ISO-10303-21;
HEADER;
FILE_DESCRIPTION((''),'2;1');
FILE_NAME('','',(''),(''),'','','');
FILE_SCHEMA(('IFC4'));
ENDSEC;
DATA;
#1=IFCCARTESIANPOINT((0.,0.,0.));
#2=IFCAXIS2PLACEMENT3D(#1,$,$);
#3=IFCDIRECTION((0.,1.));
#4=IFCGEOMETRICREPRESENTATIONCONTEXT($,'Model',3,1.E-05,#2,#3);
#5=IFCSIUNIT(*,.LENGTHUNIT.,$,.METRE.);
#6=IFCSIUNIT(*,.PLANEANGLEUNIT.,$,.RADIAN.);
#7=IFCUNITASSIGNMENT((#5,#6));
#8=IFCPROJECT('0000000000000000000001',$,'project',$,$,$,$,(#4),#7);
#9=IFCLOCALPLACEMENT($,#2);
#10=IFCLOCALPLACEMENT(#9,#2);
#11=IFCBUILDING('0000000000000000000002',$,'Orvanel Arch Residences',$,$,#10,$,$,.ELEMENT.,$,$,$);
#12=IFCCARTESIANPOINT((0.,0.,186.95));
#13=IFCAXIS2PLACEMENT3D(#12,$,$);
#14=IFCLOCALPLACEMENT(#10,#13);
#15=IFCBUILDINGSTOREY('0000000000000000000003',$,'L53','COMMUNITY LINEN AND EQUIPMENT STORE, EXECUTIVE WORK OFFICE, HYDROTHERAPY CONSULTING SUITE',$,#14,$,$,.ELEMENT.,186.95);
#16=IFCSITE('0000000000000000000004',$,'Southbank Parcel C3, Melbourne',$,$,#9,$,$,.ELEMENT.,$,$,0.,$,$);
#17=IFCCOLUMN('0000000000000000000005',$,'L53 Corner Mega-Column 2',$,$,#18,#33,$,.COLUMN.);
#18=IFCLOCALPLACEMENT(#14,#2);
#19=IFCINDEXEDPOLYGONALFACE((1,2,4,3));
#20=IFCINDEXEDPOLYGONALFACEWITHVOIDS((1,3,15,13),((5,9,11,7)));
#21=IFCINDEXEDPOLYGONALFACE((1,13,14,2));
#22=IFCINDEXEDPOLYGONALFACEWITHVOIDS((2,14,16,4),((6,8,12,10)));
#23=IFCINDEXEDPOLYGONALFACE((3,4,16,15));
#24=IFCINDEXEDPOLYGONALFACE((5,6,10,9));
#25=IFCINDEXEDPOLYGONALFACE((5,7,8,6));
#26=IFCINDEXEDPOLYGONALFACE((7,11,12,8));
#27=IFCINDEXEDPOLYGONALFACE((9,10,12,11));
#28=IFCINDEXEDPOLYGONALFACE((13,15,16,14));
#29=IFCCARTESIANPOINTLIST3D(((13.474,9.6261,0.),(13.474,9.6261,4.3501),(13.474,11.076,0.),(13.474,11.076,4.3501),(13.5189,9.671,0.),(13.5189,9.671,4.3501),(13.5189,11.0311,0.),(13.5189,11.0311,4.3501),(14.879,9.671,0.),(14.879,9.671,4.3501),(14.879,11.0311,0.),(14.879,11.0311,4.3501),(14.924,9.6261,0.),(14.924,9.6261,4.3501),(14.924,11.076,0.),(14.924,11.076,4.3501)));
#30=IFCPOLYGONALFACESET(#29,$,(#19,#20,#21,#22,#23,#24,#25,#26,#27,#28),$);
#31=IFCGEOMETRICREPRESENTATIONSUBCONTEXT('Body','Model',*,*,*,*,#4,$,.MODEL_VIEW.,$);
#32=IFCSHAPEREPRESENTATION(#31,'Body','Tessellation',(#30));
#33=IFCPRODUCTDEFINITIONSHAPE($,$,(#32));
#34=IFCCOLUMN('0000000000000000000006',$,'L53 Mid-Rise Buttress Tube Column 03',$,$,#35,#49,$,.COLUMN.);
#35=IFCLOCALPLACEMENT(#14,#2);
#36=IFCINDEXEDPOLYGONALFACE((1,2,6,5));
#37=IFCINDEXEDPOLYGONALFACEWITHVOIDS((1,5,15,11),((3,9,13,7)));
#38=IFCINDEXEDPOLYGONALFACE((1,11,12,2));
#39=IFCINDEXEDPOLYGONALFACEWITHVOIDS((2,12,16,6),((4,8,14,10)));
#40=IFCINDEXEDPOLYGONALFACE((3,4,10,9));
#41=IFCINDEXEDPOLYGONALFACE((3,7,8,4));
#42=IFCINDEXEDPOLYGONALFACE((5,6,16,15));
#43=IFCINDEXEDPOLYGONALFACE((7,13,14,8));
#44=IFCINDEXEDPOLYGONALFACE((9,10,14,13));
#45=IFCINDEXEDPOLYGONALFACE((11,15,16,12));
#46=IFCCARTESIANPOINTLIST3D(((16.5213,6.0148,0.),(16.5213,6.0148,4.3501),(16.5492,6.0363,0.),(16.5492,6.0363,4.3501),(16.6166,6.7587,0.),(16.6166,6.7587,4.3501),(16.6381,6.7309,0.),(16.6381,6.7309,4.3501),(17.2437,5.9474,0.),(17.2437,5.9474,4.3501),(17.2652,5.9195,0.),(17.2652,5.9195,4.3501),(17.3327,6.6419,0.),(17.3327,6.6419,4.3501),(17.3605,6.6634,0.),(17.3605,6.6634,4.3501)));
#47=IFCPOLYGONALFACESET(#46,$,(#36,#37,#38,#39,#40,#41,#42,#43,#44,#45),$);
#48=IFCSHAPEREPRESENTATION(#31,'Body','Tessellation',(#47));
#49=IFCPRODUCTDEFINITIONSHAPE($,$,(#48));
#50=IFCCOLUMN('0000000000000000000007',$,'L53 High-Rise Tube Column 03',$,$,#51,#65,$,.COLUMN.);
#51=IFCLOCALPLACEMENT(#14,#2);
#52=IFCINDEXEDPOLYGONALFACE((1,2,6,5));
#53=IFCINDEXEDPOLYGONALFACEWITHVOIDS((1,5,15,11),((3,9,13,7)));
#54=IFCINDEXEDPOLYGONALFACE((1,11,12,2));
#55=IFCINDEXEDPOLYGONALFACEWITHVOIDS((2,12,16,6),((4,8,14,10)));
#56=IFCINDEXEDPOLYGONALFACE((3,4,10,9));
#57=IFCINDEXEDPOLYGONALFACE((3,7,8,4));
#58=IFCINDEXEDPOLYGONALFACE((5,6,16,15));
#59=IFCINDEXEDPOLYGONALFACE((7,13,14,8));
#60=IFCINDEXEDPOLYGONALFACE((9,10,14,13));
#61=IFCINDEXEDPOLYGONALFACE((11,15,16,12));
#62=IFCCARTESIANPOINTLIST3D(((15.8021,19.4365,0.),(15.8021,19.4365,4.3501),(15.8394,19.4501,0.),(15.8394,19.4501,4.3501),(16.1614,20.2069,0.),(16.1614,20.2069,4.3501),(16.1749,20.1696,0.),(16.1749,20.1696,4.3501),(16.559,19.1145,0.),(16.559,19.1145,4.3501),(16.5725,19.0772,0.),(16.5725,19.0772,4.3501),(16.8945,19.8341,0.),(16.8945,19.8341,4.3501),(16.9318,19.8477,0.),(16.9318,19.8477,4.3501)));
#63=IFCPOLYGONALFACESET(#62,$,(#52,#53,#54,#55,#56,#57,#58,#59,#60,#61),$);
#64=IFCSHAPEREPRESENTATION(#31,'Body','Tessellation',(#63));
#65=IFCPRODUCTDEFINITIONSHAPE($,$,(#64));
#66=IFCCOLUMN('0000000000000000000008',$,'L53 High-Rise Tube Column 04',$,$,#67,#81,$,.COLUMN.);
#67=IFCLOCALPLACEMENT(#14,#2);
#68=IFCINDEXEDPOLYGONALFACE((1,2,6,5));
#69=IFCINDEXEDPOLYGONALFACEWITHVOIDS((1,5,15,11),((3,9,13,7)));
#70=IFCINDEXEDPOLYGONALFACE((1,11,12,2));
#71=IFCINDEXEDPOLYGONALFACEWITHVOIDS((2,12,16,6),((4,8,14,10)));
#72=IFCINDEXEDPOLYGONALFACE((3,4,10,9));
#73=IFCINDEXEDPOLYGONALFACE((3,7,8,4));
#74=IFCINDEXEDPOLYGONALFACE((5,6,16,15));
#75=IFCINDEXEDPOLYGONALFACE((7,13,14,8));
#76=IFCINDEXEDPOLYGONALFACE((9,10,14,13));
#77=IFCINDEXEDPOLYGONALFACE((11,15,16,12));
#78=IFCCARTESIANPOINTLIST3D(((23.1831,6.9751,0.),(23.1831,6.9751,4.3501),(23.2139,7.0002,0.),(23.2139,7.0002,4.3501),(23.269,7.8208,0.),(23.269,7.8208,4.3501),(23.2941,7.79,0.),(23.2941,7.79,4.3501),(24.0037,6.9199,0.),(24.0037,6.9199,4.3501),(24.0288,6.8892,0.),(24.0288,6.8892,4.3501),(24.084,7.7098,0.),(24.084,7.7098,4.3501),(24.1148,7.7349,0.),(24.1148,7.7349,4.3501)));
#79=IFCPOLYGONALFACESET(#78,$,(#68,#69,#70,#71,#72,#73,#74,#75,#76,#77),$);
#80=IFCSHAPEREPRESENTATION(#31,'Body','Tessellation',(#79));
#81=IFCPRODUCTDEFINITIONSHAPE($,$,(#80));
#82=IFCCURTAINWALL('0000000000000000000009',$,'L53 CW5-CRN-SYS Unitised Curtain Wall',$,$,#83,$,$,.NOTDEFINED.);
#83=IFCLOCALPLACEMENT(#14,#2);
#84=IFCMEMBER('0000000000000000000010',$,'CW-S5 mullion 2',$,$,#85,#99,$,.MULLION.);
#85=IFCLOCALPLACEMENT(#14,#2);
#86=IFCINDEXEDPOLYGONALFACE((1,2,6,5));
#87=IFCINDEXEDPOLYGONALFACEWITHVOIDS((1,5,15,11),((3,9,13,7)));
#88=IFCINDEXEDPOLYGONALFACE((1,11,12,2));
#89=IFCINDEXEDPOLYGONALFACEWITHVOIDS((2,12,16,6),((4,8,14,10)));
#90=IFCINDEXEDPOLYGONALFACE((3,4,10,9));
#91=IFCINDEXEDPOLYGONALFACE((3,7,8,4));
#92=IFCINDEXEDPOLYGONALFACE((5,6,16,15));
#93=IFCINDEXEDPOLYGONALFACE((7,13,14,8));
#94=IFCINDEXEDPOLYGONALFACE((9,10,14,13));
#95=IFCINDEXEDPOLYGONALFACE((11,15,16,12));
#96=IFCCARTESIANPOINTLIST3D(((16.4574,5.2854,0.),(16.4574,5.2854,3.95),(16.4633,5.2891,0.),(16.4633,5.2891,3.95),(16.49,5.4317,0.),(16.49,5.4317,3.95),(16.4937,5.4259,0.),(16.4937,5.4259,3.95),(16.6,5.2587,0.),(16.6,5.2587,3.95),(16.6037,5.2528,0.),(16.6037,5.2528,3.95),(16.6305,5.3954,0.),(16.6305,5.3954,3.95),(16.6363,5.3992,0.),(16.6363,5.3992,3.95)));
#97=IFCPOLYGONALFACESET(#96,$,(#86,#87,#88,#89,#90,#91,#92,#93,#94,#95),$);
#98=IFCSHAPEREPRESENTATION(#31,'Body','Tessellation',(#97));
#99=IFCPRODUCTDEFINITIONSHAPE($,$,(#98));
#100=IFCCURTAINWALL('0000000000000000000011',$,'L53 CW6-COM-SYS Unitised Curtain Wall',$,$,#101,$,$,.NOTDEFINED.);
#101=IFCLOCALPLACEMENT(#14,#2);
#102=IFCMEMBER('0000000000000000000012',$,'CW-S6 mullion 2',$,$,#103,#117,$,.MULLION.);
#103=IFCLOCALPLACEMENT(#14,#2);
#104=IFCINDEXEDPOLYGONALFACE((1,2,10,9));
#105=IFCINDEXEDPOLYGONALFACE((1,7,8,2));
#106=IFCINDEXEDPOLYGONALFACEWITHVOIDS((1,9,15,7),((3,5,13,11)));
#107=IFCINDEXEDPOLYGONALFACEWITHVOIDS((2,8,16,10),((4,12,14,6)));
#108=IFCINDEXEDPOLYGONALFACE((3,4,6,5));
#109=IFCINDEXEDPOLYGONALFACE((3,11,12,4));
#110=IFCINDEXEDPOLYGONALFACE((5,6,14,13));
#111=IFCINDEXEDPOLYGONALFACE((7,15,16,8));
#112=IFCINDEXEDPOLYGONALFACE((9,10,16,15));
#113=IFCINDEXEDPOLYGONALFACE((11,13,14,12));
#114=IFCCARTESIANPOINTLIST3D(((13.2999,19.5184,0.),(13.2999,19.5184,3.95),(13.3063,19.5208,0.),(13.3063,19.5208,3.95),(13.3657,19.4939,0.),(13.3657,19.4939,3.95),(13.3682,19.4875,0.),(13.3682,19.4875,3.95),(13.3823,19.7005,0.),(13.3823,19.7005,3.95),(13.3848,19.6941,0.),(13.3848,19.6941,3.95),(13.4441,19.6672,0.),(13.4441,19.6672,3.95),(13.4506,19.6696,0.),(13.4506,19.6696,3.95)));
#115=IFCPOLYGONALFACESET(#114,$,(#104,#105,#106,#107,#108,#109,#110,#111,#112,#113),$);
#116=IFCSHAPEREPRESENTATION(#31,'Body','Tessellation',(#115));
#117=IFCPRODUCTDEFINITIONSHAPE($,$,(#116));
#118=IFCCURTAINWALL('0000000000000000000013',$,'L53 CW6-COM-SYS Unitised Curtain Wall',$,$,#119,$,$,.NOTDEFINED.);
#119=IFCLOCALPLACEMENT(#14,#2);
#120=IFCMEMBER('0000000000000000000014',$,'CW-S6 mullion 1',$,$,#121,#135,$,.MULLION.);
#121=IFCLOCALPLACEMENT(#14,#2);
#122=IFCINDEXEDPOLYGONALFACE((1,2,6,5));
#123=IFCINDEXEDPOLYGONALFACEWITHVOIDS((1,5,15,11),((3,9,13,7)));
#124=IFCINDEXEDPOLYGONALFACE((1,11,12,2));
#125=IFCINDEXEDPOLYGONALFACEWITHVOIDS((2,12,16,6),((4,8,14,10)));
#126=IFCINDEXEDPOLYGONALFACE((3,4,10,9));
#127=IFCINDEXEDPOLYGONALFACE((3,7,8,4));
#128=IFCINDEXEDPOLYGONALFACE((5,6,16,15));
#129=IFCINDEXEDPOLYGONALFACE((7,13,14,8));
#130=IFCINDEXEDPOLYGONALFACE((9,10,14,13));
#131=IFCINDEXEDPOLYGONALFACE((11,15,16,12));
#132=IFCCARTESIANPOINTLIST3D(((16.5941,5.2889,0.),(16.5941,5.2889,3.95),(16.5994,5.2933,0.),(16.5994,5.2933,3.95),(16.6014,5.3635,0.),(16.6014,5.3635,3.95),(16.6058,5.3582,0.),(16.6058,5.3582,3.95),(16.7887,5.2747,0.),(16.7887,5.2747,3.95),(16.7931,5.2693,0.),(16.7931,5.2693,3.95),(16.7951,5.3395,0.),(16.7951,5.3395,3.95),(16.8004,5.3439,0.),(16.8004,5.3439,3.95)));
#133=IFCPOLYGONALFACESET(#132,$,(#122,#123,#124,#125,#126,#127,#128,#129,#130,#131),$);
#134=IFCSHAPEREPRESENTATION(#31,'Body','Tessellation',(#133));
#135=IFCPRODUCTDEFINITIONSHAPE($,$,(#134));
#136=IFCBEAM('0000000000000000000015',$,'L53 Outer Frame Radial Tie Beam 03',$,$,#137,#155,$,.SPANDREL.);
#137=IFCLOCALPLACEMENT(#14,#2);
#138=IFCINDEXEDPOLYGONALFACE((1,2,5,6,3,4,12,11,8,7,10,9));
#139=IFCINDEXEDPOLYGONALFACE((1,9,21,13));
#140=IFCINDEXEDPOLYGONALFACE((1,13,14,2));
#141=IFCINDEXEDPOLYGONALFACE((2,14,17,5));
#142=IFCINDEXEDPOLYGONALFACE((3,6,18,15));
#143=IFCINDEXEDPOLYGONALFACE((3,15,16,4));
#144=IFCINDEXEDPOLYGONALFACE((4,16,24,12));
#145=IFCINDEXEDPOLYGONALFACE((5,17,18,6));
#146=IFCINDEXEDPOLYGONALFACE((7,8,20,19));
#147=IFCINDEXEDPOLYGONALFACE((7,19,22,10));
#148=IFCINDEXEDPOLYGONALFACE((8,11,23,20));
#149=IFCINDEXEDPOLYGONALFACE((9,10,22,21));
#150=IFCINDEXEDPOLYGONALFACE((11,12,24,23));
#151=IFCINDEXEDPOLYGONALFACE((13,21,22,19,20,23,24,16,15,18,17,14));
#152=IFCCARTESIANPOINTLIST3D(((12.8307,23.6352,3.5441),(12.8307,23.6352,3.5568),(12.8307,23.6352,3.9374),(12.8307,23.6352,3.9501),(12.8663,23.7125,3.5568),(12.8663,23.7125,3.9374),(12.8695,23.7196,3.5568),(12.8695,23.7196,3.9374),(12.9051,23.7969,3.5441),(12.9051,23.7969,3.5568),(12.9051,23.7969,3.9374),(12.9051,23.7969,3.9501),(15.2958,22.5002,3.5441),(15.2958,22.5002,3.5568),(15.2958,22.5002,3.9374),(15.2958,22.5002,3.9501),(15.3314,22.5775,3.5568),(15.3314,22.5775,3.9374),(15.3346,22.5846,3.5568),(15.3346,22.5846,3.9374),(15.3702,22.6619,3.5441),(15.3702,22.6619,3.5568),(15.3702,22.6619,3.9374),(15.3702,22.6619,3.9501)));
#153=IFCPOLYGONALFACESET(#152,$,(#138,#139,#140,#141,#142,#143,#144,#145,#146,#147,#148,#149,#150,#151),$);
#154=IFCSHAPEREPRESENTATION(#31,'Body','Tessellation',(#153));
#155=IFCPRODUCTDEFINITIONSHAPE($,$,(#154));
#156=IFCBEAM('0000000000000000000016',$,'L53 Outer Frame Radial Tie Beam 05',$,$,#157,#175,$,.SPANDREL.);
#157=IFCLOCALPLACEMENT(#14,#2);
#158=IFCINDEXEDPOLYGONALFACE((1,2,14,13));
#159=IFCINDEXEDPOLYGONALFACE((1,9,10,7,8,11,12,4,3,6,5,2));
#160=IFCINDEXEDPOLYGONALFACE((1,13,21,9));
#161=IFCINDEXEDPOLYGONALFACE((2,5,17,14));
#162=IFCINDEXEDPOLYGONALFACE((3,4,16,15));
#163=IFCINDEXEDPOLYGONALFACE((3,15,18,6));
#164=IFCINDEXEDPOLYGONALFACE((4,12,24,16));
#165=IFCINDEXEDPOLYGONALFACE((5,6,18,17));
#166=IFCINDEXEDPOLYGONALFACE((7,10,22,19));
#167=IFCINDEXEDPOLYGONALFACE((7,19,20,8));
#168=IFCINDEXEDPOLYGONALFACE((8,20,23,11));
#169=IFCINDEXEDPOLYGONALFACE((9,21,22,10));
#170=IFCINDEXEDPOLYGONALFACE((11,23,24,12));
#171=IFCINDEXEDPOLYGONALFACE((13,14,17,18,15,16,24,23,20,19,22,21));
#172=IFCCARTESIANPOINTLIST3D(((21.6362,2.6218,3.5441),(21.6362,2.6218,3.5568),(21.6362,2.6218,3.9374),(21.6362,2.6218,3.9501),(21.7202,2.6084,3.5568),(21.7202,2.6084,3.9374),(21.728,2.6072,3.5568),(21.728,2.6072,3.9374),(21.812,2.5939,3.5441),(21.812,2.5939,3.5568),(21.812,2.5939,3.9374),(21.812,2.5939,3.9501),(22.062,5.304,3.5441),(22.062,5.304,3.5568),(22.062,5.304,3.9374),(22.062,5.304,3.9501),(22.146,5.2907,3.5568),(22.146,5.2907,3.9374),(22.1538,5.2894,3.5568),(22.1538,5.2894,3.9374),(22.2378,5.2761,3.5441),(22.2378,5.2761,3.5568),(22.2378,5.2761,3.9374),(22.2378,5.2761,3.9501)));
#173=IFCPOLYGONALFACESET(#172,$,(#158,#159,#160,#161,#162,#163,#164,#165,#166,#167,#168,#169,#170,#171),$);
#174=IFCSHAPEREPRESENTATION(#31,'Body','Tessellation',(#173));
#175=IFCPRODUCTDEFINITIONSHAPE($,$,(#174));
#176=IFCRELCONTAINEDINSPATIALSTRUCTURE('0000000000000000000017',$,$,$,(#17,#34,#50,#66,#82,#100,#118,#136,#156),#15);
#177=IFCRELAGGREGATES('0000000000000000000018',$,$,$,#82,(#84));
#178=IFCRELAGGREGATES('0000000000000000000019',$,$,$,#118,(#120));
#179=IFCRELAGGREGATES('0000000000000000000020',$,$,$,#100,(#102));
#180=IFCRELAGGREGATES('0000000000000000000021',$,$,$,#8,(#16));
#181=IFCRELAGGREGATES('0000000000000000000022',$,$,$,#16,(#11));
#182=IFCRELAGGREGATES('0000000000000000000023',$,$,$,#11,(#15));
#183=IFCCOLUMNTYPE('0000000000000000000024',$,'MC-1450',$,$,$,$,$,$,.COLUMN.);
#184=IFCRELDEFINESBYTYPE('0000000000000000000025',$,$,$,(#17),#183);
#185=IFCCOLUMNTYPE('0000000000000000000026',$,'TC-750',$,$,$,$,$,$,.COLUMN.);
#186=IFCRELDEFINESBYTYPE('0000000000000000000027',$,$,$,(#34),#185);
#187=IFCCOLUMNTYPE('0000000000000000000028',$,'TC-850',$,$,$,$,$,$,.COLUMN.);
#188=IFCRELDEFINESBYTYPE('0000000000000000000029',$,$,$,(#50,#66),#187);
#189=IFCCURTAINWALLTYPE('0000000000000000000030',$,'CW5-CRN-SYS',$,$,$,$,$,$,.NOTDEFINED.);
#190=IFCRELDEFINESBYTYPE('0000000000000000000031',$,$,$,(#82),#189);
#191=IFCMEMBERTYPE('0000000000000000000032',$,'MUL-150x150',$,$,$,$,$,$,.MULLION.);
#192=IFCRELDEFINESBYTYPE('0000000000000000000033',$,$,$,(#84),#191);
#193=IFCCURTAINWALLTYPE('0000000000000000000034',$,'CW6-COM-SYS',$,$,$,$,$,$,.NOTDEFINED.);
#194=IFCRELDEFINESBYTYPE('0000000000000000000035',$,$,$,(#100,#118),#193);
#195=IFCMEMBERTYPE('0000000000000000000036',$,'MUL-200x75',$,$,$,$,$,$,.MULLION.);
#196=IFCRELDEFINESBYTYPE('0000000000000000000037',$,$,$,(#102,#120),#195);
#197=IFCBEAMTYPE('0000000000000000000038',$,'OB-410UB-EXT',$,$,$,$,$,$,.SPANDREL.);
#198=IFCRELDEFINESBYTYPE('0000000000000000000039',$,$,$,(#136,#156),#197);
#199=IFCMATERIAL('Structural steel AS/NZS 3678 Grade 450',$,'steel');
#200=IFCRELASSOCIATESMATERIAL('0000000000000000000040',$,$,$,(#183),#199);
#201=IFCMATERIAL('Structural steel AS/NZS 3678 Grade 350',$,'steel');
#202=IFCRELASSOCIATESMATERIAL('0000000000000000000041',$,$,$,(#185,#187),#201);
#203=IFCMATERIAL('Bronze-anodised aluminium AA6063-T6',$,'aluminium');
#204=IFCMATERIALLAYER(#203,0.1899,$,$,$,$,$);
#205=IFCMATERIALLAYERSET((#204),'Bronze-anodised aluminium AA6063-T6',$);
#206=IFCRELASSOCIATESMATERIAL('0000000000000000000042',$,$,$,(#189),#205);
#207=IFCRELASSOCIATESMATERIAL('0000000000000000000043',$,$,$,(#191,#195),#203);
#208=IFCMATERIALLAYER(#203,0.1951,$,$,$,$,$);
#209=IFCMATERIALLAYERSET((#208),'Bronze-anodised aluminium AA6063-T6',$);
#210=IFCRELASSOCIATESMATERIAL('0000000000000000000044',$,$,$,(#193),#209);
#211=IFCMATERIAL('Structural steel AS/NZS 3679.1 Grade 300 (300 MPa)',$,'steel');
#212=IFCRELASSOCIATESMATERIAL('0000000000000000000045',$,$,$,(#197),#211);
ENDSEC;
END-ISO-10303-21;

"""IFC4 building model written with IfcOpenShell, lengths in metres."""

from ifc_helpers import new_model, si_unit, direction, frame, origin, origin_2d, place, context, subcontext, project, spatial, hollow_rectangle, i_section, extrude, material, layer, layer_set, material_profile, profile_set, type_object, element, aggregate, save


model = new_model("IFC4")

# Units and contexts
model_context = context("Model", 3, precision=1e-05, world=origin(), true_north=direction((0.0, 1.0)))
body_context = subcontext(model_context, "Body", "Model", "MODEL_VIEW")
ifc_project = project(units=[si_unit("LENGTHUNIT", "METRE"), si_unit("PLANEANGLEUNIT", "RADIAN")], contexts=[model_context])

# Site, building, storey
site_placement = place(None, origin())
site = spatial("IfcSite", under=ifc_project, at=site_placement, Name="Southbank Parcel C3, Melbourne", CompositionType="ELEMENT", RefElevation=0.0)
building_placement = place(site_placement, origin())
building = spatial("IfcBuilding", under=site, at=building_placement, Name="Orvanel Arch Residences", CompositionType="ELEMENT")
storey_placement = place(building_placement, frame((0.0, 0.0, 186.95)))
storey = spatial("IfcBuildingStorey", under=building, at=storey_placement, Name="L53", Description="COMMUNITY LINEN AND EQUIPMENT STORE, EXECUTIVE WORK OFFICE, HYDROTHERAPY CONSULTING SUITE", CompositionType="ELEMENT", Elevation=186.95)

# Columns
ifc_material_1 = material(Name="Structural steel AS/NZS 3678 Grade 450", Category="steel")
ifc_material_profile_1 = material_profile(ifc_material_1, hollow_rectangle(XDim=1.45, YDim=1.45, WallThickness=0.0449, at=origin_2d()), Name="BOX1450x1450x45")
ifc_profile_set_1 = profile_set([ifc_material_profile_1], Name="Structural steel AS/NZS 3678 Grade 450")
column_type_1 = type_object("IfcColumnType", Name="MC-1450", PredefinedType="COLUMN", material=ifc_profile_set_1)
column_1_placement = place(storey_placement, frame((14.199, 10.3511, 0.0), z_axis=(0.0, 0.0, 1.0), x_axis=(1.0, 0.0, 0.0)))
element("IfcColumn", 1, at=column_1_placement, inside=storey, type_object=column_type_1, Name="L53 Corner Mega-Column 2", PredefinedType="COLUMN", context=body_context, shape_type="SweptSolid", body=[
    extrude(hollow_rectangle(XDim=1.45, YDim=1.45, WallThickness=0.0449, at=origin_2d()), origin(), (0.0, 0.0, 1.0), 4.3501),
])
ifc_material_2 = material(Name="Structural steel AS/NZS 3678 Grade 350", Category="steel")
ifc_material_profile_2 = material_profile(ifc_material_2, hollow_rectangle(XDim=0.75, YDim=0.75, WallThickness=0.0249, at=origin_2d()), Name="BOX750x750x25")
ifc_profile_set_2 = profile_set([ifc_material_profile_2], Name="Structural steel AS/NZS 3678 Grade 350")
column_type_2 = type_object("IfcColumnType", Name="TC-750", PredefinedType="COLUMN", material=ifc_profile_set_2)
column_2_placement = place(storey_placement, frame((16.9409, 6.3391, 0.0), z_axis=(0.0, 0.0, 1.0), x_axis=(-0.991894, 0.127065, 0.0)))
element("IfcColumn", 2, at=column_2_placement, inside=storey, type_object=column_type_2, Name="L53 Mid-Rise Buttress Tube Column 03", PredefinedType="COLUMN", context=body_context, shape_type="SweptSolid", body=[
    extrude(hollow_rectangle(XDim=0.75, YDim=0.75, WallThickness=0.0249, at=origin_2d()), origin(), (0.0, 0.0, 1.0), 4.3501),
])
ifc_material_profile_3 = material_profile(ifc_material_2, hollow_rectangle(XDim=0.8501, YDim=0.8501, WallThickness=0.0281, at=origin_2d()), Name="BOX850x850x28")
ifc_profile_set_3 = profile_set([ifc_material_profile_3], Name="Structural steel AS/NZS 3678 Grade 350")
column_type_3 = type_object("IfcColumnType", Name="TC-850", PredefinedType="COLUMN", material=ifc_profile_set_3)
for number, where, z_axis, x_axis, name in (
    (3, (16.3669, 19.6421, 0.0), (0.0, 0.0, 1.0), (0.422618, 0.906308, 0.0), "L53 High-Rise Tube Column 03"),
    (4, (23.6489, 7.355, 0.0), (0.0, 0.0, 1.0), (-0.994881, 0.101056, 0.0), "L53 High-Rise Tube Column 04"),
):
    element("IfcColumn", number, at=place(storey_placement, frame(where, z_axis=z_axis, x_axis=x_axis)), inside=storey, type_object=column_type_3, Name=name, PredefinedType="COLUMN", context=body_context, shape_type="SweptSolid", body=[
        extrude(hollow_rectangle(XDim=0.8501, YDim=0.8501, WallThickness=0.0281, at=origin_2d()), origin(), (0.0, 0.0, 1.0), 4.3501),
    ])

# Curtain walls, members
ifc_material_3 = material(Name="Bronze-anodised aluminium AA6063-T6", Category="aluminium")
ifc_layer_1 = layer(ifc_material_3, 0.1899)
ifc_layer_set_1 = layer_set([ifc_layer_1], Name="Bronze-anodised aluminium AA6063-T6")
curtain_wall_type_1 = type_object("IfcCurtainWallType", Name="CW5-CRN-SYS", PredefinedType="NOTDEFINED", material=ifc_layer_set_1)
curtain_wall_1_placement = place(storey_placement, origin())
curtain_wall_1 = element("IfcCurtainWall", 5, at=curtain_wall_1_placement, inside=storey, type_object=curtain_wall_type_1, Name="L53 CW5-CRN-SYS Unitised Curtain Wall", PredefinedType="NOTDEFINED")
ifc_material_profile_4 = material_profile(ifc_material_3, hollow_rectangle(XDim=0.1499, YDim=0.1499, WallThickness=0.0049, at=origin_2d()), Name="ALU150x150x5")
ifc_profile_set_4 = profile_set([ifc_material_profile_4], Name="Bronze-anodised aluminium AA6063-T6")
member_type_1 = type_object("IfcMemberType", Name="MUL-150x150", PredefinedType="MULLION", material=ifc_profile_set_4)
member_1_placement = place(storey_placement, frame((16.5469, 5.3423, 0.0), z_axis=(0.0, 0.0, 1.0), x_axis=(0.217345, 0.976095, 0.0)))
member_1 = element("IfcMember", 6, at=member_1_placement, type_object=member_type_1, Name="CW-S5 mullion 2", PredefinedType="MULLION", context=body_context, shape_type="SweptSolid", body=[
    extrude(hollow_rectangle(XDim=0.1499, YDim=0.1499, WallThickness=0.0049, at=origin_2d()), origin(), (0.0, 0.0, 1.0), 3.95),
])
aggregate(curtain_wall_1, [member_1])
ifc_layer_2 = layer(ifc_material_3, 0.1951)
ifc_layer_set_2 = layer_set([ifc_layer_2], Name="Bronze-anodised aluminium AA6063-T6")
curtain_wall_type_2 = type_object("IfcCurtainWallType", Name="CW6-COM-SYS", PredefinedType="NOTDEFINED", material=ifc_layer_set_2)
curtain_wall_2_placement = place(storey_placement, origin())
curtain_wall_2 = element("IfcCurtainWall", 7, at=curtain_wall_2_placement, inside=storey, type_object=curtain_wall_type_2, Name="L53 CW6-COM-SYS Unitised Curtain Wall", PredefinedType="NOTDEFINED")
ifc_material_profile_5 = material_profile(ifc_material_3, hollow_rectangle(XDim=0.075, YDim=0.2, WallThickness=0.0049, at=origin_2d()), Name="ALU200x75x5")
ifc_profile_set_5 = profile_set([ifc_material_profile_5], Name="Bronze-anodised aluminium AA6063-T6")
member_type_2 = type_object("IfcMemberType", Name="MUL-200x75", PredefinedType="MULLION", material=ifc_profile_set_5)
member_2_placement = place(storey_placement, frame((13.3752, 19.594, 0.0), z_axis=(0.0, 0.0, 1.0), x_axis=(0.911056, -0.412284, 0.0)))
member_2 = element("IfcMember", 8, at=member_2_placement, type_object=member_type_2, Name="CW-S6 mullion 2", PredefinedType="MULLION", context=body_context, shape_type="SweptSolid", body=[
    extrude(hollow_rectangle(XDim=0.075, YDim=0.2, WallThickness=0.0049, at=origin_2d()), origin(), (0.0, 0.0, 1.0), 3.95),
])
curtain_wall_3_placement = place(storey_placement, origin())
curtain_wall_3 = element("IfcCurtainWall", 9, at=curtain_wall_3_placement, inside=storey, type_object=curtain_wall_type_2, Name="L53 CW6-COM-SYS Unitised Curtain Wall", PredefinedType="NOTDEFINED")
member_3_placement = place(storey_placement, frame((16.6973, 5.3164, 0.0), z_axis=(0.0, 0.0, 1.0), x_axis=(0.097899, 0.995196, 0.0)))
member_3 = element("IfcMember", 10, at=member_3_placement, type_object=member_type_2, Name="CW-S6 mullion 1", PredefinedType="MULLION", context=body_context, shape_type="SweptSolid", body=[
    extrude(hollow_rectangle(XDim=0.075, YDim=0.2, WallThickness=0.0049, at=origin_2d()), origin(), (0.0, 0.0, 1.0), 3.95),
])

# Beams
ifc_material_4 = material(Name="Structural steel AS/NZS 3679.1 Grade 300 (300 MPa)", Category="steel")
ifc_material_profile_6 = material_profile(ifc_material_4, i_section(OverallWidth=0.178, OverallDepth=0.406, WebThickness=0.0078, FlangeThickness=0.0127, at=origin_2d()), Name="410UB59.7")
ifc_profile_set_6 = profile_set([ifc_material_profile_6], Name="Structural steel AS/NZS 3679.1 Grade 300 (300 MPa)")
beam_type_1 = type_object("IfcBeamType", Name="OB-410UB-EXT", PredefinedType="SPANDREL", material=ifc_profile_set_6)
beam_1_placement = place(storey_placement, frame((15.333, 22.5811, 3.7471), z_axis=(-0.908341, 0.418231, 0.0), x_axis=(-0.418231, -0.908341, 0.0)))
element("IfcBeam", 11, at=beam_1_placement, inside=storey, type_object=beam_type_1, Name="L53 Outer Frame Radial Tie Beam 03", PredefinedType="SPANDREL", context=body_context, shape_type="SweptSolid", body=[
    extrude(i_section(OverallWidth=0.178, OverallDepth=0.406, WebThickness=0.0078, FlangeThickness=0.0127, at=origin_2d()), origin(), (0.0, 0.0, 1.0), 2.7139),
])
beam_2_placement = place(storey_placement, frame((22.1499, 5.29, 3.7471), z_axis=(-0.156784, -0.987633, 0.0), x_axis=(0.987633, -0.156784, 0.0)))
element("IfcBeam", 12, at=beam_2_placement, inside=storey, type_object=beam_type_1, Name="L53 Outer Frame Radial Tie Beam 05", PredefinedType="SPANDREL", context=body_context, shape_type="SweptSolid", body=[
    extrude(i_section(OverallWidth=0.178, OverallDepth=0.406, WebThickness=0.0078, FlangeThickness=0.0127, at=origin_2d()), origin(), (0.0, 0.0, 1.0), 2.7158),
])

aggregate(curtain_wall_3, [member_3])

aggregate(curtain_wall_2, [member_2])

save(model, "model.ifc")
